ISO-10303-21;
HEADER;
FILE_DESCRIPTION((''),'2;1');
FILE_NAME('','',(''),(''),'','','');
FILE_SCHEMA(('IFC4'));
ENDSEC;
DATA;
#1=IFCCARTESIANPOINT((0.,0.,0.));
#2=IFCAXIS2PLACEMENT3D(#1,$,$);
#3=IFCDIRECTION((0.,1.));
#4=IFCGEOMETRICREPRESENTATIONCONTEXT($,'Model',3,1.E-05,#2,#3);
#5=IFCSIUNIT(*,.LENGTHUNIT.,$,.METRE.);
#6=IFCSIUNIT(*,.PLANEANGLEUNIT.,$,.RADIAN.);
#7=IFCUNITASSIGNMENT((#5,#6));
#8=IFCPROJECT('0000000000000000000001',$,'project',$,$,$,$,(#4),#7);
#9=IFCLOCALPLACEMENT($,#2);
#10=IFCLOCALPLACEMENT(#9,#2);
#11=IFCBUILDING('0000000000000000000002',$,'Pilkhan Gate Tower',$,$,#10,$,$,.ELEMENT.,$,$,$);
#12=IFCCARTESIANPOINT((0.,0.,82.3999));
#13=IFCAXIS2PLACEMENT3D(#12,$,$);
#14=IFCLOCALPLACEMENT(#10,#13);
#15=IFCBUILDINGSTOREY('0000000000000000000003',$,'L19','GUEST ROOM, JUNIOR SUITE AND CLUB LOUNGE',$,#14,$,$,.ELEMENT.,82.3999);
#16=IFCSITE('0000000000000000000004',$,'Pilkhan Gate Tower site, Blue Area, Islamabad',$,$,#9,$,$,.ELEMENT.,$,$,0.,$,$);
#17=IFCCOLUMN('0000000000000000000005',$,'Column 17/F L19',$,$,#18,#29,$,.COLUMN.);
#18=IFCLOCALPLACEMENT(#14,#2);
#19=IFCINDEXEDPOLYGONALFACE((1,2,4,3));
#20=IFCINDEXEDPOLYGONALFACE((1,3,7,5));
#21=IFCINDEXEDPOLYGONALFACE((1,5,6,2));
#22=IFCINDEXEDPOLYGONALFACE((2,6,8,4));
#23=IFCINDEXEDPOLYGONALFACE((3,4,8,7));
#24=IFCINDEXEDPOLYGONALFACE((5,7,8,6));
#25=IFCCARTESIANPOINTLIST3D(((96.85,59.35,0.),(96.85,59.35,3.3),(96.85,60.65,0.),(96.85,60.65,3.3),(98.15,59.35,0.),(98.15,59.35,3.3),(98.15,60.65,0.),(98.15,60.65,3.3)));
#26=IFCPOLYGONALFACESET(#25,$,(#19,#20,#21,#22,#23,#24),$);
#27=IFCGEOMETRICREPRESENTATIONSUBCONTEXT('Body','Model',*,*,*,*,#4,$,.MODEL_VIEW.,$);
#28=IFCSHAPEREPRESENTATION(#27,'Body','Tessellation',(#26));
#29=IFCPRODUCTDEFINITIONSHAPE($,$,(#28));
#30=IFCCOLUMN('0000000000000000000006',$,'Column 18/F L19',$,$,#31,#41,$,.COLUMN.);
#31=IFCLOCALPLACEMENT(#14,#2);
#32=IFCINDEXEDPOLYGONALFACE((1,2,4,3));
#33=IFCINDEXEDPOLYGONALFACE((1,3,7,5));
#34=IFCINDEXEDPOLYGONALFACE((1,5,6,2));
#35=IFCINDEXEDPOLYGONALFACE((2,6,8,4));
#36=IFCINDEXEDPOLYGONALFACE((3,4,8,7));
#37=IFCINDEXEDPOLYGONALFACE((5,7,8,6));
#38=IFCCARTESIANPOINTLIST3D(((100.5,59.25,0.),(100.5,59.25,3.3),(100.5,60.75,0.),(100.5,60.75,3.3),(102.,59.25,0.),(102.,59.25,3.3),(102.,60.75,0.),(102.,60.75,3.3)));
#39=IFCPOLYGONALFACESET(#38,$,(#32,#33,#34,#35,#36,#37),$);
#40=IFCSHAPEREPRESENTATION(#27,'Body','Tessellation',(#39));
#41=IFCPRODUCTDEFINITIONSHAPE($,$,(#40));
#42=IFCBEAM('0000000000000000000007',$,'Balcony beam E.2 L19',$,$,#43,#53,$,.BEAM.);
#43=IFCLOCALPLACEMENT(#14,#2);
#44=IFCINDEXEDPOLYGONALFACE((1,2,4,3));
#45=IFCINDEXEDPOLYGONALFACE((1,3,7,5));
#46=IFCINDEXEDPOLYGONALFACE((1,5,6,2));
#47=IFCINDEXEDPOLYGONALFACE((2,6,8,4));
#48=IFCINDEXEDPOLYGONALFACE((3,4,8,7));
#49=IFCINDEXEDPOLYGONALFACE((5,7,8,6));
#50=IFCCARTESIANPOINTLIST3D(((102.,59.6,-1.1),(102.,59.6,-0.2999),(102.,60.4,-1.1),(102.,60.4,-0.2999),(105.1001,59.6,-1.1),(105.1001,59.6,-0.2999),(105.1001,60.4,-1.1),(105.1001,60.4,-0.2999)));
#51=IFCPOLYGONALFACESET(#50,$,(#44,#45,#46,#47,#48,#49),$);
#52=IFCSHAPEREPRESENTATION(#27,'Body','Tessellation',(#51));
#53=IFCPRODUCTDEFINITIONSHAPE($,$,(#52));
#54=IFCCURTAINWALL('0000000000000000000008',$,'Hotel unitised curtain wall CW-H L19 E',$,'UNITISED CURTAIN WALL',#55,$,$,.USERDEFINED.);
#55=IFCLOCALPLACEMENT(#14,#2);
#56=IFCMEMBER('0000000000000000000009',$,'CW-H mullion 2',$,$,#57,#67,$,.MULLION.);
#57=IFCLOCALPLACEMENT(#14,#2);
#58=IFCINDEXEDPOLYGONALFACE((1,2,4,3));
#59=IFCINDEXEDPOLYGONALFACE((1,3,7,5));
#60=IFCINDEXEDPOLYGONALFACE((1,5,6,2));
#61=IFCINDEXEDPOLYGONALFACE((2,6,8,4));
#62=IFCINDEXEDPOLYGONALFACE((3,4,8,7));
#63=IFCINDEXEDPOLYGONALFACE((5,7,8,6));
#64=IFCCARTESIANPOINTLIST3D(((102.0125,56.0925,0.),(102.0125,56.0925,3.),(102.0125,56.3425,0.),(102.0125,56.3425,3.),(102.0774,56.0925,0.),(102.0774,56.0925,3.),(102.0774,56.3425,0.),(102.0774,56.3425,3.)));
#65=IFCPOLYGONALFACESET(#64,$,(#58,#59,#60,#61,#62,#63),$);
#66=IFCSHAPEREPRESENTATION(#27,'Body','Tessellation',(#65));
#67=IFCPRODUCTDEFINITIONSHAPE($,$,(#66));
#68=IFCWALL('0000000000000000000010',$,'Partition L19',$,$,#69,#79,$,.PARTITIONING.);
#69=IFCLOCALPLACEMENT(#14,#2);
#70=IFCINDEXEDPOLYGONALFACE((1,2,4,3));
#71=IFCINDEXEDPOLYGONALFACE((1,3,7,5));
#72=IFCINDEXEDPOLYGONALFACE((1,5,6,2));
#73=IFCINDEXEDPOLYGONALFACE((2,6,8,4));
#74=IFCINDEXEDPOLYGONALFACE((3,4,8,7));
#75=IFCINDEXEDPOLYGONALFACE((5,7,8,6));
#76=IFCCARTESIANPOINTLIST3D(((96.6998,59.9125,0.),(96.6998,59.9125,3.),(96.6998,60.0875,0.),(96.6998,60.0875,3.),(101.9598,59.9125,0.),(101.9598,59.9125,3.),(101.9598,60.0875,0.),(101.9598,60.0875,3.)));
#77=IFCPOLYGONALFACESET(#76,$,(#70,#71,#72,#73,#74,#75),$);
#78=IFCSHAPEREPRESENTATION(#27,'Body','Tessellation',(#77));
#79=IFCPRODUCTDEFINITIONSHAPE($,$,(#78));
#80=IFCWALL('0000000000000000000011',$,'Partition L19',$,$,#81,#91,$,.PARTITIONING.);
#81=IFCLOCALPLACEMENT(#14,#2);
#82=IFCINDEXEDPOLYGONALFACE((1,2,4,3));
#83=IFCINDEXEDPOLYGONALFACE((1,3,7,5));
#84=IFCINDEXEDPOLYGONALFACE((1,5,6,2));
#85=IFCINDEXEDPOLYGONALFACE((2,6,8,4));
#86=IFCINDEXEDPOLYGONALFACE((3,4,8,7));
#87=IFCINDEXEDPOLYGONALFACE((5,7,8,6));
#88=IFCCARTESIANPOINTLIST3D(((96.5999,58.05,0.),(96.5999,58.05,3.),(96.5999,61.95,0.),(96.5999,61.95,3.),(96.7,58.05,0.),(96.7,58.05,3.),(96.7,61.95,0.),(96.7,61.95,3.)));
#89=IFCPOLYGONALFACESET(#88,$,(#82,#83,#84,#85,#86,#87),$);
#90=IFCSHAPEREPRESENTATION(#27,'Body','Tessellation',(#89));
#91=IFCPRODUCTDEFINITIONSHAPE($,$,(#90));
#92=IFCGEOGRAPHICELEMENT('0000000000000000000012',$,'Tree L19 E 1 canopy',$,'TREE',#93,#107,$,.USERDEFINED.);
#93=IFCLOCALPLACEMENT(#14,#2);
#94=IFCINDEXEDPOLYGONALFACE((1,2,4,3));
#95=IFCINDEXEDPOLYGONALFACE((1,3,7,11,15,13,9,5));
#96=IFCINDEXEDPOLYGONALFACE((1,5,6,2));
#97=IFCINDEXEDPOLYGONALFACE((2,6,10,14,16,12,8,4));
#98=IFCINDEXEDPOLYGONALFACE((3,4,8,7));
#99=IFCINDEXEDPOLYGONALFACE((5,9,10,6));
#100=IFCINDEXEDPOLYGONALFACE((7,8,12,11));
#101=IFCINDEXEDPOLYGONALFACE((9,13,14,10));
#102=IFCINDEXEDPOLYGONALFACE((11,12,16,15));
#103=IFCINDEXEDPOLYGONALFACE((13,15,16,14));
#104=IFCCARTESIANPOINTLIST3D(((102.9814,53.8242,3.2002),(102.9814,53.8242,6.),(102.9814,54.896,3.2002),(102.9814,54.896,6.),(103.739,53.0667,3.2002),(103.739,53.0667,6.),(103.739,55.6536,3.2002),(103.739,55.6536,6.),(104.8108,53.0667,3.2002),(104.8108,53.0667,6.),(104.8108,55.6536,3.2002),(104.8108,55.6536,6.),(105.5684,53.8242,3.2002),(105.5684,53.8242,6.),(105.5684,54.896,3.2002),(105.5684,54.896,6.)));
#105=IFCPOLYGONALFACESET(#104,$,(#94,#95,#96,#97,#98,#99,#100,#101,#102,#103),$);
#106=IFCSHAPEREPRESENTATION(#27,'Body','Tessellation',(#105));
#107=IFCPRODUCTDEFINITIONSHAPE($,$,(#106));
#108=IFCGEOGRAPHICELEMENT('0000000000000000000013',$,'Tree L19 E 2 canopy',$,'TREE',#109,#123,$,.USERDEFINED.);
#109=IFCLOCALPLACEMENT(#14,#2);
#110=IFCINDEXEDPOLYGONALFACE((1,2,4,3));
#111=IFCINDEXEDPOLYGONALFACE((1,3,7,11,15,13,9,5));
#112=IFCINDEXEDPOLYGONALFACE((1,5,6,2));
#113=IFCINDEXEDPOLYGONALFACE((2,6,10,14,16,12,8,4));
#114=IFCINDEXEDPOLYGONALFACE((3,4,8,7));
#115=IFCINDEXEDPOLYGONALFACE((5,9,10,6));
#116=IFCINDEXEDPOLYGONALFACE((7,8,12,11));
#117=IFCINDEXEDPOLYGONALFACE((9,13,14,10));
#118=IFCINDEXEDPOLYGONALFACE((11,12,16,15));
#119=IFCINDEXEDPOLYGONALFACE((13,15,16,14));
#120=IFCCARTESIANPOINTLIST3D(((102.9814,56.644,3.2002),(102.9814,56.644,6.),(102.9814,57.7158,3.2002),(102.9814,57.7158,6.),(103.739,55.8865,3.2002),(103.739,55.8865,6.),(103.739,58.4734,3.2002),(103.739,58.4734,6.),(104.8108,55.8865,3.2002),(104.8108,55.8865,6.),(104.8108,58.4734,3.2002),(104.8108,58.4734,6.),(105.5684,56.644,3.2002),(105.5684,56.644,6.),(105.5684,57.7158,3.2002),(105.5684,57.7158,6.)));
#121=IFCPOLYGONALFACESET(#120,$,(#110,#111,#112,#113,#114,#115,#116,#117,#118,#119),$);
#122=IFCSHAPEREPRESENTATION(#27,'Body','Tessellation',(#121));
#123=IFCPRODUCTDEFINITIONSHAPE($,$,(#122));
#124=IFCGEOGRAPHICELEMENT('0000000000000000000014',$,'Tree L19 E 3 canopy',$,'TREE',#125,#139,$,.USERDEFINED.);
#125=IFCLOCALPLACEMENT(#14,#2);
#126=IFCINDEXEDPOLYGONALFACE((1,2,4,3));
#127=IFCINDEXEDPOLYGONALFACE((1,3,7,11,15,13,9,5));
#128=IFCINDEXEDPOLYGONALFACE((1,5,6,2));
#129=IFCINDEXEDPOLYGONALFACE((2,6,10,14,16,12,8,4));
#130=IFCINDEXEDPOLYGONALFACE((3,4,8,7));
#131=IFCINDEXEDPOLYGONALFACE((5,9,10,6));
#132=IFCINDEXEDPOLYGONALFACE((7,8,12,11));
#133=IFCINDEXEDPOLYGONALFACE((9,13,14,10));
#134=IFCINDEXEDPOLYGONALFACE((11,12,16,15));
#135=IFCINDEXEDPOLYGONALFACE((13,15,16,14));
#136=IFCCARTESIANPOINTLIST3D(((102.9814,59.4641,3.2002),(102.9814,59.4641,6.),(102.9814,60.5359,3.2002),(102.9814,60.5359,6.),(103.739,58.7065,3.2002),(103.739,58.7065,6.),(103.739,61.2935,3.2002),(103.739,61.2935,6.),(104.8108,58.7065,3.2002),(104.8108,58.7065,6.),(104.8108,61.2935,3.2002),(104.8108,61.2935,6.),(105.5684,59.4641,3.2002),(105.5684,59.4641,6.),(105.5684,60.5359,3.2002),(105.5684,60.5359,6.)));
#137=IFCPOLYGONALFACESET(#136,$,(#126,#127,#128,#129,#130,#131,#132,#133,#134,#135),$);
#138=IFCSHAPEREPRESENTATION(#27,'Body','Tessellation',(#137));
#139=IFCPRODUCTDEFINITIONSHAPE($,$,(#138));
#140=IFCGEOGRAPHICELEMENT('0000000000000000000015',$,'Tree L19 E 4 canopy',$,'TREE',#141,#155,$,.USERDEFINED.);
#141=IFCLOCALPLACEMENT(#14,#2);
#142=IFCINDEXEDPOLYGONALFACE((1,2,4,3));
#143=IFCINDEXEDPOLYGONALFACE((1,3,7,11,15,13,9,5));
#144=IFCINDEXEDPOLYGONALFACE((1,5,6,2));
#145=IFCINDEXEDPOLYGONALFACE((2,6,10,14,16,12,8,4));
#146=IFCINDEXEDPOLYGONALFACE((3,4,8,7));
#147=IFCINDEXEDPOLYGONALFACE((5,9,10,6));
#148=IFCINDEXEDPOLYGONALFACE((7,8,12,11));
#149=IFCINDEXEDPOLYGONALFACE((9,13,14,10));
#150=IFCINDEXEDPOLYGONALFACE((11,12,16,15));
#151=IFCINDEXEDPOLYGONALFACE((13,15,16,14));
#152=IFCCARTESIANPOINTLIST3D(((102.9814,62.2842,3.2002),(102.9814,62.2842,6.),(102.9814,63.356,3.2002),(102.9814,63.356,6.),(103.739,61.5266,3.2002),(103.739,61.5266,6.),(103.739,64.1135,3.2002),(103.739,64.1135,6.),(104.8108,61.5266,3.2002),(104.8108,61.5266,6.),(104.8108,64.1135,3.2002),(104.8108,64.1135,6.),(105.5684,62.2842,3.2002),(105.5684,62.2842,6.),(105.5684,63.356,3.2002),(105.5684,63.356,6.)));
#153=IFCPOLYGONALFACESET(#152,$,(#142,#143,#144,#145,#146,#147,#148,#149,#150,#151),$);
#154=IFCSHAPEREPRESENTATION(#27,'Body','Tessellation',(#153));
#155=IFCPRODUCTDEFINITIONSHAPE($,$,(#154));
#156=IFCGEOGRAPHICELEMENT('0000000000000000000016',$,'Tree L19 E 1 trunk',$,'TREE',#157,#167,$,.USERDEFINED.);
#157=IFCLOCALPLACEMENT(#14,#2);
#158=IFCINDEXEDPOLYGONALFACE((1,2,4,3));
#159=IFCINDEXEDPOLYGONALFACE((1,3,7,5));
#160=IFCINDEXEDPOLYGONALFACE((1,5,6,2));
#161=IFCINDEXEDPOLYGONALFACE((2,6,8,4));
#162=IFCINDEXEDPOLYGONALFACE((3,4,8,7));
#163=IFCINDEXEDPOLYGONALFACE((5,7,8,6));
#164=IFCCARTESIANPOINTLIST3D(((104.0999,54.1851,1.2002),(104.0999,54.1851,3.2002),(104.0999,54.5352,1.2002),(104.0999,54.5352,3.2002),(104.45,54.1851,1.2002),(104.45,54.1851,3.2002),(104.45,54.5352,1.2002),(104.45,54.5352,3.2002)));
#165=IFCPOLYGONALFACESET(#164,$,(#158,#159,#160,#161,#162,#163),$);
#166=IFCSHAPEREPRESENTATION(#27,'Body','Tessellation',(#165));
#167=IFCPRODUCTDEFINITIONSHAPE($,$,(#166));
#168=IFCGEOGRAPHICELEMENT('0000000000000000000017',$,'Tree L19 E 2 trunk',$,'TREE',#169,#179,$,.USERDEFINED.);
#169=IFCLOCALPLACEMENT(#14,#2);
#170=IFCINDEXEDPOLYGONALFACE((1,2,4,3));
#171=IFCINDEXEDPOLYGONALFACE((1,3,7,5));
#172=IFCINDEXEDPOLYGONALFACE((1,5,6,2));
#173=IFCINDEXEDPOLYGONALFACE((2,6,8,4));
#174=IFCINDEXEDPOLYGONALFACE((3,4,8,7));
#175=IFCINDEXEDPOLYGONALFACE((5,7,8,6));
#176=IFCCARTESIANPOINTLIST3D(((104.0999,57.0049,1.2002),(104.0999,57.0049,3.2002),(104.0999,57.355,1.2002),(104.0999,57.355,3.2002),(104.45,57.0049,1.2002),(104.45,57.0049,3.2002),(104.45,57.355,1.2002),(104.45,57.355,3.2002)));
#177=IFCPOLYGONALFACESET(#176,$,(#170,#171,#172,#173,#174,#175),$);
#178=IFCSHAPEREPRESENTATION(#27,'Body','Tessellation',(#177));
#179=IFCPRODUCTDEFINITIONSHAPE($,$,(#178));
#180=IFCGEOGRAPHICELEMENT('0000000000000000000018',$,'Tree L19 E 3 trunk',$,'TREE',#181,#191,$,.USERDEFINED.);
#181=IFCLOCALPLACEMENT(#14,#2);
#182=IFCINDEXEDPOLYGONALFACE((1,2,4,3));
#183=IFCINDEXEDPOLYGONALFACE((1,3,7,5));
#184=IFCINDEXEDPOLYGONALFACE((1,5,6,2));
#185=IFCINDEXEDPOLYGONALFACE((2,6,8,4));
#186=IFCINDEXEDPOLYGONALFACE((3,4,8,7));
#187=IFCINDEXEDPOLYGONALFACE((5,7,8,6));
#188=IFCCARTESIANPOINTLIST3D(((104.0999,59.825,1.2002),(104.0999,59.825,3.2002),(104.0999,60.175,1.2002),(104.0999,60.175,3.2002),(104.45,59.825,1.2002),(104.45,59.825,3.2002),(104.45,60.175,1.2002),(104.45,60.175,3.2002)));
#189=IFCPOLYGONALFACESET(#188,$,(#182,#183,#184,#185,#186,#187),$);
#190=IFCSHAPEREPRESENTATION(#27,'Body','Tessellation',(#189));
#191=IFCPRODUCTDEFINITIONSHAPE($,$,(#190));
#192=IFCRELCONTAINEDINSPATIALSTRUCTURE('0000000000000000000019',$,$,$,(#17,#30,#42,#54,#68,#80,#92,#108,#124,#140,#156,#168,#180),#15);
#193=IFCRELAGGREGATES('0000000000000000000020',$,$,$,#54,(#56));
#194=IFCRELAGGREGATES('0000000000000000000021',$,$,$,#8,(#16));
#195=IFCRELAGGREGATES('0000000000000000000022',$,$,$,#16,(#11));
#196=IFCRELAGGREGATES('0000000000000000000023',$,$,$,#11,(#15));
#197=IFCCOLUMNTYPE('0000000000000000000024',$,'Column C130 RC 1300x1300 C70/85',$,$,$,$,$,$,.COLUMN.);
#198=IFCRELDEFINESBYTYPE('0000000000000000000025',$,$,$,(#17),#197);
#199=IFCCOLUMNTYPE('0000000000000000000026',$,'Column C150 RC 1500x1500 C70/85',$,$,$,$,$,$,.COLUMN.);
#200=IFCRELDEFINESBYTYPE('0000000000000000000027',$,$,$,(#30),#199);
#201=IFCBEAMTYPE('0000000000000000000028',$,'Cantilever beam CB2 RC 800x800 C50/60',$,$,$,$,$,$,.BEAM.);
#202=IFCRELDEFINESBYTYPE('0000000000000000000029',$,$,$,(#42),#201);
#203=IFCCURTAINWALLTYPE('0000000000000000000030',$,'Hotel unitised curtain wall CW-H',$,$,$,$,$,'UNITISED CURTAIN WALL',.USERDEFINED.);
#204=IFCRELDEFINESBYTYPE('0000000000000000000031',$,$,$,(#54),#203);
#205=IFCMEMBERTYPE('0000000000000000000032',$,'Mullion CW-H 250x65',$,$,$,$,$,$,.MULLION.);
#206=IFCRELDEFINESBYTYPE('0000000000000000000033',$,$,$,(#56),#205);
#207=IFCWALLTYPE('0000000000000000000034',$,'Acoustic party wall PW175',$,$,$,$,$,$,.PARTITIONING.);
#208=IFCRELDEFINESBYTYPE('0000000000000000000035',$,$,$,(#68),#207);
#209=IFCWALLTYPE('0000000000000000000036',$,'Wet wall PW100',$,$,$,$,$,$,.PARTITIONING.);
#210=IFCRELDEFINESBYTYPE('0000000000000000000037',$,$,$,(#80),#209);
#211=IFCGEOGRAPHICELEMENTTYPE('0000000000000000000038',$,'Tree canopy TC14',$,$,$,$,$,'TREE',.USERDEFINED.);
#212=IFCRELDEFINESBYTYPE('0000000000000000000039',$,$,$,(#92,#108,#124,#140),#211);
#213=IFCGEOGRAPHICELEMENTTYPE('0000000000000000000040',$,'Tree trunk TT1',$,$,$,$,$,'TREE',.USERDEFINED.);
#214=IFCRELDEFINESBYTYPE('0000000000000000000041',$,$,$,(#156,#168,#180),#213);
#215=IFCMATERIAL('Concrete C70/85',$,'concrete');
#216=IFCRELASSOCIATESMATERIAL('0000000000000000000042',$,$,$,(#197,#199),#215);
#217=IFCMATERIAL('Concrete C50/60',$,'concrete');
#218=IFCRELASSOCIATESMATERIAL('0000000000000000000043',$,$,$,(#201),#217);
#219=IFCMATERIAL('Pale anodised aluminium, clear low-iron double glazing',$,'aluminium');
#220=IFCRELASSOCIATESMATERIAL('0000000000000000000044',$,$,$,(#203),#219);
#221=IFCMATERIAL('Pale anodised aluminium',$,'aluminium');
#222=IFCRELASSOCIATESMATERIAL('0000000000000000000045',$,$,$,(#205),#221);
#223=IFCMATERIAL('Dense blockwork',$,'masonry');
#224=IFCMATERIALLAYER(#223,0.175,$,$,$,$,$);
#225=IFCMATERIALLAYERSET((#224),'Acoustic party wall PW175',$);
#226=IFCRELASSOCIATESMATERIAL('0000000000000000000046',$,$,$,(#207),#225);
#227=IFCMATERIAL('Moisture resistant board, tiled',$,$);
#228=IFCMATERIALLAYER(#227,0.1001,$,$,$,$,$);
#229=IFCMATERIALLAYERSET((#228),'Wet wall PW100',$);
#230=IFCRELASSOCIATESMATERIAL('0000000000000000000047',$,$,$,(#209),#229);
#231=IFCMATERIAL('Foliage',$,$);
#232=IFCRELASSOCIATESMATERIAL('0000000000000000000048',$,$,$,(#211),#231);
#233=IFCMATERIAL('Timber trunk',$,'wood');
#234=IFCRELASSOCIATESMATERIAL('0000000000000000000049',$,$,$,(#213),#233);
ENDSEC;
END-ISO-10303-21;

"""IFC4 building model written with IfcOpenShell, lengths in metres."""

from ifc_helpers import new_model, si_unit, direction, frame, frame_2d, origin, origin_2d, place, context, subcontext, project, spatial, polyline, rectangle, outline, extrude, material, layer, layer_set, material_profile, profile_set, type_object, element, aggregate, save


model = new_model("IFC4")

# Units and contexts
model_context = context("Model", 3, precision=1e-05, world=origin(), true_north=direction((0.0, 1.0)))
body_context = subcontext(model_context, "Body", "Model", "MODEL_VIEW")
ifc_project = project(units=[si_unit("LENGTHUNIT", "METRE"), si_unit("PLANEANGLEUNIT", "RADIAN")], contexts=[model_context])

# Site, building, storey
site_placement = place(None, origin())
site = spatial("IfcSite", under=ifc_project, at=site_placement, Name="Pilkhan Gate Tower site, Blue Area, Islamabad", CompositionType="ELEMENT", RefElevation=0.0)
building_placement = place(site_placement, origin())
building = spatial("IfcBuilding", under=site, at=building_placement, Name="Pilkhan Gate Tower", CompositionType="ELEMENT")
storey_placement = place(building_placement, frame((0.0, 0.0, 82.3999)))
storey = spatial("IfcBuildingStorey", under=building, at=storey_placement, Name="L19", Description="GUEST ROOM, JUNIOR SUITE AND CLUB LOUNGE", CompositionType="ELEMENT", Elevation=82.3999)

# Columns
ifc_material_1 = material(Name="Concrete C70/85", Category="concrete")
ifc_material_profile_1 = material_profile(ifc_material_1, rectangle(XDim=1.3, YDim=1.3, at=origin_2d()), Name="RC 1300x1300")
ifc_profile_set_1 = profile_set([ifc_material_profile_1], Name="Concrete C70/85")
column_type_1 = type_object("IfcColumnType", Name="Column C130 RC 1300x1300 C70/85", PredefinedType="COLUMN", material=ifc_profile_set_1)
column_1_placement = place(storey_placement, frame((97.5, 60.0, 0.0), z_axis=(0.0, 0.0, 1.0), x_axis=(1.0, 0.0, 0.0)))
element("IfcColumn", 1, at=column_1_placement, inside=storey, type_object=column_type_1, Name="Column 17/F L19", PredefinedType="COLUMN", context=body_context, shape_type="SweptSolid", body=[
    extrude(rectangle(XDim=1.3, YDim=1.3, at=origin_2d()), origin(), (0.0, 0.0, 1.0), 3.3),
])
ifc_material_profile_2 = material_profile(ifc_material_1, rectangle(XDim=1.5, YDim=1.5, at=origin_2d()), Name="RC 1500x1500")
ifc_profile_set_2 = profile_set([ifc_material_profile_2], Name="Concrete C70/85")
column_type_2 = type_object("IfcColumnType", Name="Column C150 RC 1500x1500 C70/85", PredefinedType="COLUMN", material=ifc_profile_set_2)
column_2_placement = place(storey_placement, frame((101.25, 60.0, 0.0), z_axis=(0.0, 0.0, 1.0), x_axis=(1.0, 0.0, 0.0)))
element("IfcColumn", 2, at=column_2_placement, inside=storey, type_object=column_type_2, Name="Column 18/F L19", PredefinedType="COLUMN", context=body_context, shape_type="SweptSolid", body=[
    extrude(rectangle(XDim=1.5, YDim=1.5, at=origin_2d()), origin(), (0.0, 0.0, 1.0), 3.3),
])

# Beam
ifc_material_2 = material(Name="Concrete C50/60", Category="concrete")
ifc_material_profile_3 = material_profile(ifc_material_2, rectangle(XDim=0.8, YDim=0.8, at=origin_2d()), Name="RC 800x800")
ifc_profile_set_3 = profile_set([ifc_material_profile_3], Name="Concrete C50/60")
beam_type = type_object("IfcBeamType", Name="Cantilever beam CB2 RC 800x800 C50/60", PredefinedType="BEAM", material=ifc_profile_set_3)
beam_placement = place(storey_placement, frame((102.0, 60.0, -0.7), z_axis=(1.0, 0.0, 0.0), x_axis=(0.0, 1.0, 0.0)))
element("IfcBeam", 3, at=beam_placement, inside=storey, type_object=beam_type, Name="Balcony beam E.2 L19", PredefinedType="BEAM", context=body_context, shape_type="SweptSolid", body=[
    extrude(rectangle(XDim=0.8, YDim=0.8, at=origin_2d()), origin(), (0.0, 0.0, 1.0), 3.1001),
])

# Curtain wall, member
ifc_material_3 = material(Name="Pale anodised aluminium, clear low-iron double glazing", Category="aluminium")
curtain_wall_type = type_object("IfcCurtainWallType", Name="Hotel unitised curtain wall CW-H", ElementType="UNITISED CURTAIN WALL", PredefinedType="USERDEFINED", material=ifc_material_3)
curtain_wall_placement = place(storey_placement, origin())
curtain_wall = element("IfcCurtainWall", 4, at=curtain_wall_placement, inside=storey, type_object=curtain_wall_type, Name="Hotel unitised curtain wall CW-H L19 E", ObjectType="UNITISED CURTAIN WALL", PredefinedType="USERDEFINED")
ifc_material_4 = material(Name="Pale anodised aluminium", Category="aluminium")
ifc_material_profile_4 = material_profile(ifc_material_4, rectangle(XDim=0.0649, YDim=0.25, at=origin_2d()), Name="Mullion 250x65")
ifc_profile_set_4 = profile_set([ifc_material_profile_4], Name="Pale anodised aluminium")
member_type = type_object("IfcMemberType", Name="Mullion CW-H 250x65", PredefinedType="MULLION", material=ifc_profile_set_4)
member_placement = place(storey_placement, frame((102.0449, 56.2175, 0.0), z_axis=(0.0, 0.0, 1.0), x_axis=(-1.0, 0.0, 0.0)))
member = element("IfcMember", 5, at=member_placement, type_object=member_type, Name="CW-H mullion 2", PredefinedType="MULLION", context=body_context, shape_type="SweptSolid", body=[
    extrude(rectangle(XDim=0.0649, YDim=0.25, at=origin_2d()), origin(), (0.0, 0.0, 1.0), 3.0),
])
aggregate(curtain_wall, [member])

# Wall
ifc_material_5 = material(Name="Dense blockwork", Category="masonry")
ifc_layer_1 = layer(ifc_material_5, 0.175)
ifc_layer_set_1 = layer_set([ifc_layer_1], Name="Acoustic party wall PW175")
wall_type_1 = type_object("IfcWallType", Name="Acoustic party wall PW175", PredefinedType="PARTITIONING", material=ifc_layer_set_1)
wall_1_placement = place(storey_placement, frame((96.7, 60.0, 0.0), z_axis=(0.0, 0.0, 1.0), x_axis=(1.0, 0.0, 0.0)))
element("IfcWall", 6, at=wall_1_placement, inside=storey, type_object=wall_type_1, Name="Partition L19", PredefinedType="PARTITIONING", context=body_context, shape_type="SweptSolid", body=[
    extrude(rectangle(XDim=5.26, YDim=0.175, at=frame_2d((2.6299, 0.0))), origin(), (0.0, 0.0, 1.0), 3.0),
])

# Wall
ifc_material_6 = material(Name="Moisture resistant board, tiled")
ifc_layer_2 = layer(ifc_material_6, 0.1001)
ifc_layer_set_2 = layer_set([ifc_layer_2], Name="Wet wall PW100")
wall_type_2 = type_object("IfcWallType", Name="Wet wall PW100", PredefinedType="PARTITIONING", material=ifc_layer_set_2)
wall_2_placement = place(storey_placement, frame((96.6499, 58.05, 0.0), z_axis=(0.0, 0.0, 1.0), x_axis=(0.0, 1.0, 0.0)))
element("IfcWall", 7, at=wall_2_placement, inside=storey, type_object=wall_type_2, Name="Partition L19", PredefinedType="PARTITIONING", context=body_context, shape_type="SweptSolid", body=[
    extrude(rectangle(XDim=3.8999, YDim=0.1001, at=frame_2d((1.95, 0.0))), origin(), (0.0, 0.0, 1.0), 3.0),
])

# Geographic elements
ifc_material_7 = material(Name="Foliage")
ifc_material_profile_5 = material_profile(ifc_material_7, outline(polyline([(1.2935, 0.5359), (0.5359, 1.2935), (-0.5359, 1.2935), (-1.2935, 0.5359), (-1.2935, -0.5359), (-0.5359, -1.2935), (0.5359, -1.2935), (1.2935, -0.5359), (1.2935, 0.5359)])), Name="Canopy D2.8")
ifc_profile_set_5 = profile_set([ifc_material_profile_5], Name="Foliage")
geographic_element_type_1 = type_object("IfcGeographicElementType", Name="Tree canopy TC14", ElementType="TREE", PredefinedType="USERDEFINED", material=ifc_profile_set_5)
for number, where, z_axis, x_axis, name in (
    (8, (104.2749, 54.3601, 3.2002), (0.0, 0.0, 1.0), (1.0, 0.0, 0.0), "Tree L19 E 1 canopy"),
    (9, (104.2749, 57.1799, 3.2002), (0.0, 0.0, 1.0), (1.0, 0.0, 0.0), "Tree L19 E 2 canopy"),
    (10, (104.2749, 60.0, 3.2002), (0.0, 0.0, 1.0), (1.0, 0.0, 0.0), "Tree L19 E 3 canopy"),
    (11, (104.2749, 62.8201, 3.2002), (0.0, 0.0, 1.0), (1.0, 0.0, 0.0), "Tree L19 E 4 canopy"),
):
    element("IfcGeographicElement", number, at=place(storey_placement, frame(where, z_axis=z_axis, x_axis=x_axis)), inside=storey, type_object=geographic_element_type_1, Name=name, ObjectType="TREE", PredefinedType="USERDEFINED", context=body_context, shape_type="SweptSolid", body=[
        extrude(outline(polyline([(1.2935, 0.5359), (0.5359, 1.2935), (-0.5359, 1.2935), (-1.2935, 0.5359), (-1.2935, -0.5359), (-0.5359, -1.2935), (0.5359, -1.2935), (1.2935, -0.5359), (1.2935, 0.5359)])), origin(), (0.0, 0.0, 1.0), 2.7998),
    ])
ifc_material_8 = material(Name="Timber trunk", Category="wood")
geographic_element_type_2 = type_object("IfcGeographicElementType", Name="Tree trunk TT1", ElementType="TREE", PredefinedType="USERDEFINED", material=ifc_material_8)
for number, where, z_axis, x_axis, name in (
    (12, (104.2749, 54.3601, 1.2002), (0.0, 0.0, 1.0), (1.0, 0.0, 0.0), "Tree L19 E 1 trunk"),
    (13, (104.2749, 57.1799, 1.2002), (0.0, 0.0, 1.0), (1.0, 0.0, 0.0), "Tree L19 E 2 trunk"),
    (14, (104.2749, 60.0, 1.2002), (0.0, 0.0, 1.0), (1.0, 0.0, 0.0), "Tree L19 E 3 trunk"),
):
    element("IfcGeographicElement", number, at=place(storey_placement, frame(where, z_axis=z_axis, x_axis=x_axis)), inside=storey, type_object=geographic_element_type_2, Name=name, ObjectType="TREE", PredefinedType="USERDEFINED", context=body_context, shape_type="SweptSolid", body=[
        extrude(rectangle(XDim=0.3501, YDim=0.3501, at=origin_2d()), origin(), (0.0, 0.0, 1.0), 2.0),
    ])

save(model, "model.ifc")
